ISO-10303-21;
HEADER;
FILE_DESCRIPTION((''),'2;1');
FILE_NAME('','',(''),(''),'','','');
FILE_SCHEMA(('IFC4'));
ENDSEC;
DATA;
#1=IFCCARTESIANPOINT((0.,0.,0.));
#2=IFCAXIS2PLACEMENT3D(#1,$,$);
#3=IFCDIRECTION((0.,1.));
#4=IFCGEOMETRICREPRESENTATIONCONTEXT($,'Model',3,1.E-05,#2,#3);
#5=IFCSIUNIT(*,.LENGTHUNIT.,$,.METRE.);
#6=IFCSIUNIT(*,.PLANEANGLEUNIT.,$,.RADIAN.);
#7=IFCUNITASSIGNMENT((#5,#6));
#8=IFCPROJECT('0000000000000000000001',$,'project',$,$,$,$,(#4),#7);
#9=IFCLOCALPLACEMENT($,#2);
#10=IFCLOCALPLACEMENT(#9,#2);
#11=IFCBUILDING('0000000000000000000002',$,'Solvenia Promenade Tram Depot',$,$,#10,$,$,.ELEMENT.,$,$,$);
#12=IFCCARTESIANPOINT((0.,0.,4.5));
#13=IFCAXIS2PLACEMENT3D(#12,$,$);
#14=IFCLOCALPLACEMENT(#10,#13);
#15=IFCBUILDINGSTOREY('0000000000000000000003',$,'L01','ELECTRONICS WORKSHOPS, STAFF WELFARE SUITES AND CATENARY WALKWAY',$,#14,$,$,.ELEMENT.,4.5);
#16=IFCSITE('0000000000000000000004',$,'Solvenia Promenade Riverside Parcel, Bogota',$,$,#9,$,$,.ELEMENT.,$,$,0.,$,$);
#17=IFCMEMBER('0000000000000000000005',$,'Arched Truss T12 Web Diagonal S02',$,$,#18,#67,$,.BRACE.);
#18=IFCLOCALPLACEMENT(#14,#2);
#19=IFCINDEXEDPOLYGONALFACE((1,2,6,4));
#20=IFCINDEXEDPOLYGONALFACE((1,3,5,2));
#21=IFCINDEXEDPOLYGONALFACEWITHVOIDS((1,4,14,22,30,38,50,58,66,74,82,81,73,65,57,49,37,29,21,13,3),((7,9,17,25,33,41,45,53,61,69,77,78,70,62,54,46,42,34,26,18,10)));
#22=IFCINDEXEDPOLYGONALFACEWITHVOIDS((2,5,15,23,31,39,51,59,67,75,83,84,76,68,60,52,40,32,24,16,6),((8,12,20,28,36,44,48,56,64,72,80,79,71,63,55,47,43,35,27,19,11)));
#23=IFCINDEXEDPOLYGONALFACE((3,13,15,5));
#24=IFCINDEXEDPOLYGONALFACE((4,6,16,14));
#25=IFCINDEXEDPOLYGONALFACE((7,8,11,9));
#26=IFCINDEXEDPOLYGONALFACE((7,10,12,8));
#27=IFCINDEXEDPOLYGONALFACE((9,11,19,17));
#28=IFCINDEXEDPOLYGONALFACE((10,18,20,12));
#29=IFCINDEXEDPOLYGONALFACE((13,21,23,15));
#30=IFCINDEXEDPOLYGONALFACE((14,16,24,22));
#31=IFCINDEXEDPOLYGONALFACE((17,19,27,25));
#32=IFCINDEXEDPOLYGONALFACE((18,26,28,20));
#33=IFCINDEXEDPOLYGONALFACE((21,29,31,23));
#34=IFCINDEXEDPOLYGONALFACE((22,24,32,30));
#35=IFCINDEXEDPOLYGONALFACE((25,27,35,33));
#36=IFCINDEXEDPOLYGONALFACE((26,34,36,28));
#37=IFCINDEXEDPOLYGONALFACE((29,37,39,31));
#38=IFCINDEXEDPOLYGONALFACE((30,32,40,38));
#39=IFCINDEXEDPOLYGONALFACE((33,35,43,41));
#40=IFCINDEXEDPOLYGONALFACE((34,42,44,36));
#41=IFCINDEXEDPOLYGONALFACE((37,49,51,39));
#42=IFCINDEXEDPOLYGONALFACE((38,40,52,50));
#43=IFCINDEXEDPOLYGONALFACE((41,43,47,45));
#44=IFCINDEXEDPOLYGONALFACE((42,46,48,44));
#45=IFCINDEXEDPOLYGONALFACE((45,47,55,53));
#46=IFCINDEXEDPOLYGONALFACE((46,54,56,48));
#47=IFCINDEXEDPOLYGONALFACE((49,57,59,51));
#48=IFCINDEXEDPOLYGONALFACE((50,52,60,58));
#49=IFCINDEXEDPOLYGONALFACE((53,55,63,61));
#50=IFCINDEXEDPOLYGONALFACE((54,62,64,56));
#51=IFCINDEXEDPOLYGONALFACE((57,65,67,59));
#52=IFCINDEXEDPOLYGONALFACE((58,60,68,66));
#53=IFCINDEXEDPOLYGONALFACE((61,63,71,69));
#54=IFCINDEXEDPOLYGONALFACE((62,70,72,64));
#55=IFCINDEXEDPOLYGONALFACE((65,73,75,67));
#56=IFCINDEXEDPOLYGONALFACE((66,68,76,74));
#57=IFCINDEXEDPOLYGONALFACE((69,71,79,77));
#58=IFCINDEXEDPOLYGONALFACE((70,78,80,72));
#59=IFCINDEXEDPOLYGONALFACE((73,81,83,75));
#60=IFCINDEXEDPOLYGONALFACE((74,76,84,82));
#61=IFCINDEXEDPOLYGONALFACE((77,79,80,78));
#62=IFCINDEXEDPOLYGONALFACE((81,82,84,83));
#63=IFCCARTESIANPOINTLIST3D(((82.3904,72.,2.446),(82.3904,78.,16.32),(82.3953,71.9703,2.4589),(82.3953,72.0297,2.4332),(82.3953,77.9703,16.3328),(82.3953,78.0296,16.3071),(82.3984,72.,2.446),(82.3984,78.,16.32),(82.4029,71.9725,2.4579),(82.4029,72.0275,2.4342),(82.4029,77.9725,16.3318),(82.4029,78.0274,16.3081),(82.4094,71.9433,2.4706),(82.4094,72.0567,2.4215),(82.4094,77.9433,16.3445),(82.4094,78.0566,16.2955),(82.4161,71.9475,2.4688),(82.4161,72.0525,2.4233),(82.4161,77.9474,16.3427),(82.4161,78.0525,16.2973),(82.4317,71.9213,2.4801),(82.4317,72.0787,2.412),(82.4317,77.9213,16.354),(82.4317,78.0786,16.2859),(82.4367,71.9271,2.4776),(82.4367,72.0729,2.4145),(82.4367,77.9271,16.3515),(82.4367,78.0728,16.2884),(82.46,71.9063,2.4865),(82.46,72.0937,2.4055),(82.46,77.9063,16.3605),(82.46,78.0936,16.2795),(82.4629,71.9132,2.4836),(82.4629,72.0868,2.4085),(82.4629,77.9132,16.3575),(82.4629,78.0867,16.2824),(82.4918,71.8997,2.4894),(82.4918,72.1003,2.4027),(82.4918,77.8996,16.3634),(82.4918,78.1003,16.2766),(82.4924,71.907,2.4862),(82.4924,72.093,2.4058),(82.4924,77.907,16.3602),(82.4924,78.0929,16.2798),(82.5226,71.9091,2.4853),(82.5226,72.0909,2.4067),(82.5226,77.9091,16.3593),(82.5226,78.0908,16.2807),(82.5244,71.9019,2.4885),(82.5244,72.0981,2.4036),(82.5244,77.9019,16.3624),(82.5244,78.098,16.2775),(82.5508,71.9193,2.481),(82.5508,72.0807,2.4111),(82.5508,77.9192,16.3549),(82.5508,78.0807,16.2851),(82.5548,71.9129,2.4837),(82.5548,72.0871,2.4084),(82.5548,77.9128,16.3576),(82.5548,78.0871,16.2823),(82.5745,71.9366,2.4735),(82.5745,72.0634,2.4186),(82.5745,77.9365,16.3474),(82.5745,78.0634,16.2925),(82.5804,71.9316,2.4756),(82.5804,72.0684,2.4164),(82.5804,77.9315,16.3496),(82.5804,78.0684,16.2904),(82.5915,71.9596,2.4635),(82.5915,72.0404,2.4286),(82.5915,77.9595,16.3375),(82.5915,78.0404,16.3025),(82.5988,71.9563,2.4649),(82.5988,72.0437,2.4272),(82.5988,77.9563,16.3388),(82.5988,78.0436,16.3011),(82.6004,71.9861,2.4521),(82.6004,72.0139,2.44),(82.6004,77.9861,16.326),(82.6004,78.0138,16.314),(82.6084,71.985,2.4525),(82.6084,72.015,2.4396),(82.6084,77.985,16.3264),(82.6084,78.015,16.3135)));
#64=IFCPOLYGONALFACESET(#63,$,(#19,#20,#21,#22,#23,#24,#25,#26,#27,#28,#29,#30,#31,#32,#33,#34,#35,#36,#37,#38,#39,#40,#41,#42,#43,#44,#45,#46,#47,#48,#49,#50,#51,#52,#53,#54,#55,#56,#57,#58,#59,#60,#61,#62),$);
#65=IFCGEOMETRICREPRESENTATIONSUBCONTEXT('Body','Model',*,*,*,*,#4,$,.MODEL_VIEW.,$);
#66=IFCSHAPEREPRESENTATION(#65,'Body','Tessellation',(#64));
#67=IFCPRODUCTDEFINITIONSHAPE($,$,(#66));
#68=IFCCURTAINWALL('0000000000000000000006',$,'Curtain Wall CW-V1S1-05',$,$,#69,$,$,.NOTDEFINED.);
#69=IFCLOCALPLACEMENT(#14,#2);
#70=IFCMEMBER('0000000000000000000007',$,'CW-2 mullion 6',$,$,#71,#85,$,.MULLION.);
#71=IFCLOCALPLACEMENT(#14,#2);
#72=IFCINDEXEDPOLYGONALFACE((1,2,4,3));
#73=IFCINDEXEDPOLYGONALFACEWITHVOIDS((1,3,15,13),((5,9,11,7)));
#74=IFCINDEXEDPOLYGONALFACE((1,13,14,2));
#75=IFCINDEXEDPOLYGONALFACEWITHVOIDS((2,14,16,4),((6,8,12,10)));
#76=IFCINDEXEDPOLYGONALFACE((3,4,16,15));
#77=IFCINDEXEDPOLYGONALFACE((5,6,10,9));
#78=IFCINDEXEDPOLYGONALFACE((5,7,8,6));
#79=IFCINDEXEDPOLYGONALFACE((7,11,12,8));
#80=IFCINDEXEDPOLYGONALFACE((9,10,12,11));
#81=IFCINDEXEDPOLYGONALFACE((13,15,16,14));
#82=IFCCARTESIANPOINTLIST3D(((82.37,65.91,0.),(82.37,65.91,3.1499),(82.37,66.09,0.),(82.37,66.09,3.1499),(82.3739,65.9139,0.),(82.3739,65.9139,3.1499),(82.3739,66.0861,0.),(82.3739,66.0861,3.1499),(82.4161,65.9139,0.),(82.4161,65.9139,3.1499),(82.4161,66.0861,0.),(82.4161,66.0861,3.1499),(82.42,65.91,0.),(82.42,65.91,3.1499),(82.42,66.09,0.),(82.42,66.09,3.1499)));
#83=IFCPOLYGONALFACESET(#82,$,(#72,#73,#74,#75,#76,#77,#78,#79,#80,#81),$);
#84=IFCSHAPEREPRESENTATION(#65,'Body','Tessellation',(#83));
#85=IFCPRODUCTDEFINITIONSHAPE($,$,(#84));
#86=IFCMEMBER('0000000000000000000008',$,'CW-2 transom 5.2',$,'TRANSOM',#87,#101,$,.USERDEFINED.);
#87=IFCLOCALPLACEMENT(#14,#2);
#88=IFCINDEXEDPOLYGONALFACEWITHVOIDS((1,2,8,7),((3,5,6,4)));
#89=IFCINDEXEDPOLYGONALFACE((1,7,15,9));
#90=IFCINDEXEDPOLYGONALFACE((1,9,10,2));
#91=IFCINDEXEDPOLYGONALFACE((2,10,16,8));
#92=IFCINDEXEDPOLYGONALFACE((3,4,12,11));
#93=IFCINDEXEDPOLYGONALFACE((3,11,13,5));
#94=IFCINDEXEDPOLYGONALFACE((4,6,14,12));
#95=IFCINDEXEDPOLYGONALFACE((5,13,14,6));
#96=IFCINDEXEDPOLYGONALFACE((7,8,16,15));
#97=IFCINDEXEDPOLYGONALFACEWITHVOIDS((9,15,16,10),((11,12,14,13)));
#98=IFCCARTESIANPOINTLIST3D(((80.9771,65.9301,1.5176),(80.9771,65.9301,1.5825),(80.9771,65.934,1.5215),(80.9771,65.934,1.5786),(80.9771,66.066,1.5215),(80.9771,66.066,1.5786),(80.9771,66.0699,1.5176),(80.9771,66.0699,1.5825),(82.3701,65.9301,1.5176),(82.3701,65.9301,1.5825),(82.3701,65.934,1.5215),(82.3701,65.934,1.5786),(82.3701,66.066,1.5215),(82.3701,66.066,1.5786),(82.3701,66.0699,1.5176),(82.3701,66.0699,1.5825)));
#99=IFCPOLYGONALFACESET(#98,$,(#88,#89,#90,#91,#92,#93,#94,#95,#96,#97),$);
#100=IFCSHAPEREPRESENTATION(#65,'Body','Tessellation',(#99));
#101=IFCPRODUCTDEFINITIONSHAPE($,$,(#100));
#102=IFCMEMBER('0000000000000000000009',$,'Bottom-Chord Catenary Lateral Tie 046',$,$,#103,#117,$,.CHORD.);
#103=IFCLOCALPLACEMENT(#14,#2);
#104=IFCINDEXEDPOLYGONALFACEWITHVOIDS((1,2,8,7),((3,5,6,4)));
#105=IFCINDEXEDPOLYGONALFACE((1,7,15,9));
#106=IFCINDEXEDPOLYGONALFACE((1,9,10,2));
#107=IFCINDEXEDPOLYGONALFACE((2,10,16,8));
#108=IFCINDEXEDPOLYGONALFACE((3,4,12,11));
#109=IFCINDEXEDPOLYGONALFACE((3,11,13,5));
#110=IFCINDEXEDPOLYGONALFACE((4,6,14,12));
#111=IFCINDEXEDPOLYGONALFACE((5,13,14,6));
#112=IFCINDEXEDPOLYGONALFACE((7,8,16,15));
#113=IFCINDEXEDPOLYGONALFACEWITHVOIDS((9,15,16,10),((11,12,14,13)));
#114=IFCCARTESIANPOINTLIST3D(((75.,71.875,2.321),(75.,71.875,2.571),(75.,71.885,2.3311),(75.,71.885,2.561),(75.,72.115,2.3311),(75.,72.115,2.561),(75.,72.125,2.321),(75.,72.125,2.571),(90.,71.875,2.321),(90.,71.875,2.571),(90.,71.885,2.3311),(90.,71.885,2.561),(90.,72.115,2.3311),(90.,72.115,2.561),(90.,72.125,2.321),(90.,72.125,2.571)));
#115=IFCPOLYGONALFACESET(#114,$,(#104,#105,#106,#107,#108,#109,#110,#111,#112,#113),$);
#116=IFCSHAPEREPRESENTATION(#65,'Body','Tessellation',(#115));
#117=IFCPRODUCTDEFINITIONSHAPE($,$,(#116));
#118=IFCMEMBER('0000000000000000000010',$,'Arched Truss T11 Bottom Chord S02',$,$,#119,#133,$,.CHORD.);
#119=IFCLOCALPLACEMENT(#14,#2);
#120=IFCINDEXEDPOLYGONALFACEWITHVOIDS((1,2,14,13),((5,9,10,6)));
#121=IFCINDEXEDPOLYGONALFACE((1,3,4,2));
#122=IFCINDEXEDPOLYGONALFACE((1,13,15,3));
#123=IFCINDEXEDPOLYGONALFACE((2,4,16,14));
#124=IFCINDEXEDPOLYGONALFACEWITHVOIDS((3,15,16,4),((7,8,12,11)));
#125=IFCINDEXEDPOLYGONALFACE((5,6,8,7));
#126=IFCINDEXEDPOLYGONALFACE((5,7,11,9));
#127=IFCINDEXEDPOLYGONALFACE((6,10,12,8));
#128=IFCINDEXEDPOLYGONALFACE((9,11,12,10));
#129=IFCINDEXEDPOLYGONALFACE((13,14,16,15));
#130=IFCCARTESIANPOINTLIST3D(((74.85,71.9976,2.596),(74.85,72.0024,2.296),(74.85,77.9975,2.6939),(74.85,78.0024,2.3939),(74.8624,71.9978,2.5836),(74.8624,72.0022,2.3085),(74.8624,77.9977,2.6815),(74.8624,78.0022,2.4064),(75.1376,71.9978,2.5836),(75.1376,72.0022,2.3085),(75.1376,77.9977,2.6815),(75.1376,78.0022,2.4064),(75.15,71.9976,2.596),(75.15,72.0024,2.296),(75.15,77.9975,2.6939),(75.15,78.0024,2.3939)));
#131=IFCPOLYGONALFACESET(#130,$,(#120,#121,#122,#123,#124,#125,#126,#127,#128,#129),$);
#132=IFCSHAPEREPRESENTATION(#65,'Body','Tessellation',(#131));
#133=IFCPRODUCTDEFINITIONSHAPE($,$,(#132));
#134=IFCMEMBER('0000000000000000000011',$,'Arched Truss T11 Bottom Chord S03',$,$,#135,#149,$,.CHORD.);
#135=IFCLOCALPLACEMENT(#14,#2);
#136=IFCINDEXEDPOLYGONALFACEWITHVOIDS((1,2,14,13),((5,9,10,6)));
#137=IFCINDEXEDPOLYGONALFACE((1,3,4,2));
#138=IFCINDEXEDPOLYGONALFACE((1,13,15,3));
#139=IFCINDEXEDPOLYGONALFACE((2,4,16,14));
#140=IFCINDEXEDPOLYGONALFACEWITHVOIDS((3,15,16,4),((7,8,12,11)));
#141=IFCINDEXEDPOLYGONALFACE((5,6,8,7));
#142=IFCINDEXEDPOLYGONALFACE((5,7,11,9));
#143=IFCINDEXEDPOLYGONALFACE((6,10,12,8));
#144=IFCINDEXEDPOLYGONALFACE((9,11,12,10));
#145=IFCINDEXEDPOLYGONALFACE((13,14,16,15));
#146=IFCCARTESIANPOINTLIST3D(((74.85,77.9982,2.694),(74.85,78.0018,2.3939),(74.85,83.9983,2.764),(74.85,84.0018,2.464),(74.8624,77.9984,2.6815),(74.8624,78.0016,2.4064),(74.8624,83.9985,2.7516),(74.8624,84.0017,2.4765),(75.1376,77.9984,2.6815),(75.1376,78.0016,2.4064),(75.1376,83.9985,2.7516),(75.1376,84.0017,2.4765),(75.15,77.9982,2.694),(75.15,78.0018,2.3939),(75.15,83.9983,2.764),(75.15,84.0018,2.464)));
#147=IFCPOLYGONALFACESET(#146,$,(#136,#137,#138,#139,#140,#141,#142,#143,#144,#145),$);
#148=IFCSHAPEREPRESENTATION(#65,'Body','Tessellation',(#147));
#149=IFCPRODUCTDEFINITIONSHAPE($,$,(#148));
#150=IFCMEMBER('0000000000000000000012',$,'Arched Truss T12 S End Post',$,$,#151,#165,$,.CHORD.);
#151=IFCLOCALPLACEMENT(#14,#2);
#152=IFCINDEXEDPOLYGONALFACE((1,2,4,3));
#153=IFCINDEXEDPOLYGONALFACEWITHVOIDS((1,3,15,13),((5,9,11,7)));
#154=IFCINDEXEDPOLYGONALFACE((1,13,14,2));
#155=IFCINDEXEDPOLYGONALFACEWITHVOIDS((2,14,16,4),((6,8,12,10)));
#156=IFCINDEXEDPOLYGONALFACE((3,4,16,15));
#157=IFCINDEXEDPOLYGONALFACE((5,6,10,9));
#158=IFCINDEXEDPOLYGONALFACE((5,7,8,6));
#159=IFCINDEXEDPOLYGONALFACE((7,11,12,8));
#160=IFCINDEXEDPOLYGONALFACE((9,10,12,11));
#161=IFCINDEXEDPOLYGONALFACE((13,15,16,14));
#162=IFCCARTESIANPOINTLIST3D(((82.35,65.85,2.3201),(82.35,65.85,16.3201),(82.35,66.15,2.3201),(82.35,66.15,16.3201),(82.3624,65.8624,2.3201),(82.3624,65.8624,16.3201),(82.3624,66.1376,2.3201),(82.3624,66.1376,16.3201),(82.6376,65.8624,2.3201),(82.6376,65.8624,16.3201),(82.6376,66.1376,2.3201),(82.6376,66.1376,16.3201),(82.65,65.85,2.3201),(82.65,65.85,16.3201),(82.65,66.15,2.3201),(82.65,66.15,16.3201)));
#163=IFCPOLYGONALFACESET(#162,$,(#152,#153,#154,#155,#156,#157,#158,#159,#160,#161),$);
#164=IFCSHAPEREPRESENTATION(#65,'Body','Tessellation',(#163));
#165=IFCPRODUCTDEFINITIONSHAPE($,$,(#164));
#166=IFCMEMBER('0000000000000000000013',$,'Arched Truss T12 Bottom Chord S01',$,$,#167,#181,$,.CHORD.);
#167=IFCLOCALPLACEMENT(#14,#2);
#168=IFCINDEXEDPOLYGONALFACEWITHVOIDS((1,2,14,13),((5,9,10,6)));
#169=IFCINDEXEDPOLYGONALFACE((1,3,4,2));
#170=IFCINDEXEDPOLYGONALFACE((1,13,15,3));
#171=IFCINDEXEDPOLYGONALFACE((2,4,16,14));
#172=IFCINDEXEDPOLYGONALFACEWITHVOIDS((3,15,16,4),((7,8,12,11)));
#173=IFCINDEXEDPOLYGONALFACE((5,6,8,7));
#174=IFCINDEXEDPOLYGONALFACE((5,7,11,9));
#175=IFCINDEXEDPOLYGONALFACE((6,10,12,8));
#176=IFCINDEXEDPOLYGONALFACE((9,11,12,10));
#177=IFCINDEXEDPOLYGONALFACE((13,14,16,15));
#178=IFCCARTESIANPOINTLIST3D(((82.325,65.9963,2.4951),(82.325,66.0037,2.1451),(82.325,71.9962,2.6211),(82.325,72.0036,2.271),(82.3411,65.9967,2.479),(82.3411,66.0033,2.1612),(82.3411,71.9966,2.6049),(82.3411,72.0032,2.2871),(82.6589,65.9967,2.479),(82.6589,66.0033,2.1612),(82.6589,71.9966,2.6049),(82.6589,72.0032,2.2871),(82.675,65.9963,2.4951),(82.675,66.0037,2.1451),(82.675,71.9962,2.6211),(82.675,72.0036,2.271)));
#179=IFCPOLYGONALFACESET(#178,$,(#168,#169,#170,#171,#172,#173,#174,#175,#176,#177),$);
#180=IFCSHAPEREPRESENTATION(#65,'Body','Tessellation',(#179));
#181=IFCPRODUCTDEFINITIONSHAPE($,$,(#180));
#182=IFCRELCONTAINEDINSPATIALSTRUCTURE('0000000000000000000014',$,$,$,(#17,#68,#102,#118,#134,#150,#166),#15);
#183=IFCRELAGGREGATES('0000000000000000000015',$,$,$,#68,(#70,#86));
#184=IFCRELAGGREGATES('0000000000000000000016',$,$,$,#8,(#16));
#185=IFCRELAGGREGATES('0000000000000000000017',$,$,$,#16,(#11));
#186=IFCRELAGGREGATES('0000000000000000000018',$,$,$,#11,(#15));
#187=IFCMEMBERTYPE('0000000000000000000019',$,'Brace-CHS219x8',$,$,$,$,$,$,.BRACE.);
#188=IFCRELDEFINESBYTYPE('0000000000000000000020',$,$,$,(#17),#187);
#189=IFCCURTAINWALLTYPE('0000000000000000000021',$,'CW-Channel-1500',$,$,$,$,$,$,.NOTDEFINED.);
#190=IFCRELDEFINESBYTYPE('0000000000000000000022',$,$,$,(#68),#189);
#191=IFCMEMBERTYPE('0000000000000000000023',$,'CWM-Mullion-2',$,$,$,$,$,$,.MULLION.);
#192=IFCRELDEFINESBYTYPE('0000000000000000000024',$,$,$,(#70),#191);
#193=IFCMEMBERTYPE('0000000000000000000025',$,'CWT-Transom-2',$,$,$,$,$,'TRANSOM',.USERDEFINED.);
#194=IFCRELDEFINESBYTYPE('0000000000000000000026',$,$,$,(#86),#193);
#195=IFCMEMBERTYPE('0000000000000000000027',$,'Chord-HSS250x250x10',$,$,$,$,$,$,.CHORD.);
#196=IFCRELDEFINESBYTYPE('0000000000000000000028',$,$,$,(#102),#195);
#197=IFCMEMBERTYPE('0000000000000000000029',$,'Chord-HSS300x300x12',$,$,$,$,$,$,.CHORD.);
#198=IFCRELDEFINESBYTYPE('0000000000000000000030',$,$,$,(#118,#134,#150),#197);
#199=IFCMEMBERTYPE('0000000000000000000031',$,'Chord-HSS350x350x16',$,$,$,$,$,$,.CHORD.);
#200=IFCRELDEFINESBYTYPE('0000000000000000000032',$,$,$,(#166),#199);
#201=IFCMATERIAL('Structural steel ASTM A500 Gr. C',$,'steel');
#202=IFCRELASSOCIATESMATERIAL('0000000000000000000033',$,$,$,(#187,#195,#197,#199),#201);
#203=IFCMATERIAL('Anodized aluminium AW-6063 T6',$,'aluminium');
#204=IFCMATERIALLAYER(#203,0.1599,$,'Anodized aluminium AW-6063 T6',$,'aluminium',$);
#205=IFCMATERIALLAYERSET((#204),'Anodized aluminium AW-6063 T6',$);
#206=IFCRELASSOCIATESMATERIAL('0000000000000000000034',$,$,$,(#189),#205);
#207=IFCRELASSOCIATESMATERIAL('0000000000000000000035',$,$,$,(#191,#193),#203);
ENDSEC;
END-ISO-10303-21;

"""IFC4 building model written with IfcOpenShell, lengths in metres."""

from ifc_helpers import new_model, si_unit, direction, frame, origin, origin_2d, place, context, subcontext, project, spatial, hollow_rectangle, hollow_circle, extrude, material, layer, layer_set, material_profile, profile_set, type_object, element, aggregate, save


model = new_model("IFC4")

# Units and contexts
model_context = context("Model", 3, precision=1e-05, world=origin(), true_north=direction((0.0, 1.0)))
body_context = subcontext(model_context, "Body", "Model", "MODEL_VIEW")
ifc_project = project(units=[si_unit("LENGTHUNIT", "METRE"), si_unit("PLANEANGLEUNIT", "RADIAN")], contexts=[model_context])

# Site, building, storey
site_placement = place(None, origin())
site = spatial("IfcSite", under=ifc_project, at=site_placement, Name="Solvenia Promenade Riverside Parcel, Bogota", CompositionType="ELEMENT", RefElevation=0.0)
building_placement = place(site_placement, origin())
building = spatial("IfcBuilding", under=site, at=building_placement, Name="Solvenia Promenade Tram Depot", CompositionType="ELEMENT")
storey_placement = place(building_placement, frame((0.0, 0.0, 4.5)))
storey = spatial("IfcBuildingStorey", under=building, at=storey_placement, Name="L01", Description="ELECTRONICS WORKSHOPS, STAFF WELFARE SUITES AND CATENARY WALKWAY", CompositionType="ELEMENT", Elevation=4.5)

# Member
ifc_material_1 = material(Name="Structural steel ASTM A500 Gr. C", Category="steel")
ifc_material_profile_1 = material_profile(ifc_material_1, hollow_circle(Radius=0.1096, WallThickness=0.0081, at=origin_2d()), Name="CHS219.1x8", Category="steel")
ifc_profile_set_1 = profile_set([ifc_material_profile_1], Name="Structural steel ASTM A500 Gr. C")
member_type_1 = type_object("IfcMemberType", Name="Brace-CHS219x8", PredefinedType="BRACE", material=ifc_profile_set_1)
member_1_placement = place(storey_placement, frame((82.5, 72.0, 2.446), z_axis=(0.0, 0.396935, 0.917847), x_axis=(-1.0, 0.0, 0.0)))
element("IfcMember", 1, at=member_1_placement, inside=storey, type_object=member_type_1, Name="Arched Truss T12 Web Diagonal S02", PredefinedType="BRACE", context=body_context, shape_type="SweptSolid", body=[
    extrude(hollow_circle(Radius=0.1096, WallThickness=0.0081, at=origin_2d()), origin(), (0.0, 0.0, 1.0), 15.1157),
])

# Curtain wall, members
ifc_material_2 = material(Name="Anodized aluminium AW-6063 T6", Category="aluminium")
ifc_layer_1 = layer(ifc_material_2, 0.1599, Name="Anodized aluminium AW-6063 T6", Category="aluminium")
ifc_layer_set_1 = layer_set([ifc_layer_1], Name="Anodized aluminium AW-6063 T6")
curtain_wall_type = type_object("IfcCurtainWallType", Name="CW-Channel-1500", PredefinedType="NOTDEFINED", material=ifc_layer_set_1)
curtain_wall_placement = place(storey_placement, origin())
curtain_wall = element("IfcCurtainWall", 2, at=curtain_wall_placement, inside=storey, type_object=curtain_wall_type, Name="Curtain Wall CW-V1S1-05", PredefinedType="NOTDEFINED")
ifc_material_profile_2 = material_profile(ifc_material_2, hollow_rectangle(XDim=0.1799, YDim=0.05, WallThickness=0.0039, at=origin_2d()), Name="ALU-M2", Category="aluminium")
ifc_profile_set_2 = profile_set([ifc_material_profile_2], Name="Anodized aluminium AW-6063 T6")
member_type_2 = type_object("IfcMemberType", Name="CWM-Mullion-2", PredefinedType="MULLION", material=ifc_profile_set_2)
member_2_placement = place(storey_placement, frame((82.395, 66.0, 0.0), z_axis=(0.0, 0.0, 1.0), x_axis=(0.0, 1.0, 0.0)))
member_2 = element("IfcMember", 3, at=member_2_placement, type_object=member_type_2, Name="CW-2 mullion 6", PredefinedType="MULLION", context=body_context, shape_type="SweptSolid", body=[
    extrude(hollow_rectangle(XDim=0.1799, YDim=0.05, WallThickness=0.0039, at=origin_2d()), origin(), (0.0, 0.0, 1.0), 3.1499),
])
ifc_material_profile_3 = material_profile(ifc_material_2, hollow_rectangle(XDim=0.1399, YDim=0.0649, WallThickness=0.0039, at=origin_2d()), Name="ALU-T2", Category="aluminium")
ifc_profile_set_3 = profile_set([ifc_material_profile_3], Name="Anodized aluminium AW-6063 T6")
member_type_3 = type_object("IfcMemberType", Name="CWT-Transom-2", ElementType="TRANSOM", PredefinedType="USERDEFINED", material=ifc_profile_set_3)
member_3_placement = place(storey_placement, frame((80.9771, 66.0, 1.55), z_axis=(1.0, 0.0, 0.0), x_axis=(0.0, 1.0, 0.0)))
member_3 = element("IfcMember", 4, at=member_3_placement, type_object=member_type_3, Name="CW-2 transom 5.2", ObjectType="TRANSOM", PredefinedType="USERDEFINED", context=body_context, shape_type="SweptSolid", body=[
    extrude(hollow_rectangle(XDim=0.1399, YDim=0.0649, WallThickness=0.0039, at=origin_2d()), origin(), (0.0, 0.0, 1.0), 1.3931),
])

# Members
ifc_material_profile_4 = material_profile(ifc_material_1, hollow_rectangle(XDim=0.25, YDim=0.25, WallThickness=0.01, at=origin_2d()), Name="HSS250x250x10", Category="steel")
ifc_profile_set_4 = profile_set([ifc_material_profile_4], Name="Structural steel ASTM A500 Gr. C")
member_type_4 = type_object("IfcMemberType", Name="Chord-HSS250x250x10", PredefinedType="CHORD", material=ifc_profile_set_4)
member_4_placement = place(storey_placement, frame((75.0, 72.0, 2.446), z_axis=(1.0, 0.0, 0.0), x_axis=(0.0, 1.0, 0.0)))
element("IfcMember", 5, at=member_4_placement, inside=storey, type_object=member_type_4, Name="Bottom-Chord Catenary Lateral Tie 046", PredefinedType="CHORD", context=body_context, shape_type="SweptSolid", body=[
    extrude(hollow_rectangle(XDim=0.25, YDim=0.25, WallThickness=0.01, at=origin_2d()), origin(), (0.0, 0.0, 1.0), 15.0),
])
ifc_material_profile_5 = material_profile(ifc_material_1, hollow_rectangle(XDim=0.3, YDim=0.3, WallThickness=0.0125, at=origin_2d()), Name="HSS300x300x12.5", Category="steel")
ifc_profile_set_5 = profile_set([ifc_material_profile_5], Name="Structural steel ASTM A500 Gr. C")
member_type_5 = type_object("IfcMemberType", Name="Chord-HSS300x300x12", PredefinedType="CHORD", material=ifc_profile_set_5)
member_5_placement = place(storey_placement, frame((75.0, 72.0, 2.446), z_axis=(0.0, 0.999867, 0.016315), x_axis=(-1.0, 0.0, 0.0)))
element("IfcMember", 6, at=member_5_placement, inside=storey, type_object=member_type_5, Name="Arched Truss T11 Bottom Chord S02", PredefinedType="CHORD", context=body_context, shape_type="SweptSolid", body=[
    extrude(hollow_rectangle(XDim=0.3, YDim=0.3, WallThickness=0.0125, at=origin_2d()), origin(), (0.0, 0.0, 1.0), 6.0007),
])
member_6_placement = place(storey_placement, frame((75.0, 78.0, 2.5439), z_axis=(0.0, 0.999932, 0.011677), x_axis=(-1.0, 0.0, 0.0)))
element("IfcMember", 7, at=member_6_placement, inside=storey, type_object=member_type_5, Name="Arched Truss T11 Bottom Chord S03", PredefinedType="CHORD", context=body_context, shape_type="SweptSolid", body=[
    extrude(hollow_rectangle(XDim=0.3, YDim=0.3, WallThickness=0.0125, at=origin_2d()), origin(), (0.0, 0.0, 1.0), 6.0005),
])
member_7_placement = place(storey_placement, frame((82.5, 66.0, 2.3201), z_axis=(0.0, 0.0, 1.0), x_axis=(1.0, 0.0, 0.0)))
element("IfcMember", 8, at=member_7_placement, inside=storey, type_object=member_type_5, Name="Arched Truss T12 S End Post", PredefinedType="CHORD", context=body_context, shape_type="SweptSolid", body=[
    extrude(hollow_rectangle(XDim=0.3, YDim=0.3, WallThickness=0.0125, at=origin_2d()), origin(), (0.0, 0.0, 1.0), 14.0),
])
ifc_material_profile_6 = material_profile(ifc_material_1, hollow_rectangle(XDim=0.3501, YDim=0.3501, WallThickness=0.0161, at=origin_2d()), Name="HSS350x350x16", Category="steel")
ifc_profile_set_6 = profile_set([ifc_material_profile_6], Name="Structural steel ASTM A500 Gr. C")
member_type_6 = type_object("IfcMemberType", Name="Chord-HSS350x350x16", PredefinedType="CHORD", material=ifc_profile_set_6)
member_8_placement = place(storey_placement, frame((82.5, 66.0, 2.3201), z_axis=(0.0, 0.99978, 0.020991), x_axis=(-1.0, 0.0, 0.0)))
element("IfcMember", 9, at=member_8_placement, inside=storey, type_object=member_type_6, Name="Arched Truss T12 Bottom Chord S01", PredefinedType="CHORD", context=body_context, shape_type="SweptSolid", body=[
    extrude(hollow_rectangle(XDim=0.3501, YDim=0.3501, WallThickness=0.0161, at=origin_2d()), origin(), (0.0, 0.0, 1.0), 6.0012),
])

aggregate(curtain_wall, [member_2, member_3])

save(model, "model.ifc")
